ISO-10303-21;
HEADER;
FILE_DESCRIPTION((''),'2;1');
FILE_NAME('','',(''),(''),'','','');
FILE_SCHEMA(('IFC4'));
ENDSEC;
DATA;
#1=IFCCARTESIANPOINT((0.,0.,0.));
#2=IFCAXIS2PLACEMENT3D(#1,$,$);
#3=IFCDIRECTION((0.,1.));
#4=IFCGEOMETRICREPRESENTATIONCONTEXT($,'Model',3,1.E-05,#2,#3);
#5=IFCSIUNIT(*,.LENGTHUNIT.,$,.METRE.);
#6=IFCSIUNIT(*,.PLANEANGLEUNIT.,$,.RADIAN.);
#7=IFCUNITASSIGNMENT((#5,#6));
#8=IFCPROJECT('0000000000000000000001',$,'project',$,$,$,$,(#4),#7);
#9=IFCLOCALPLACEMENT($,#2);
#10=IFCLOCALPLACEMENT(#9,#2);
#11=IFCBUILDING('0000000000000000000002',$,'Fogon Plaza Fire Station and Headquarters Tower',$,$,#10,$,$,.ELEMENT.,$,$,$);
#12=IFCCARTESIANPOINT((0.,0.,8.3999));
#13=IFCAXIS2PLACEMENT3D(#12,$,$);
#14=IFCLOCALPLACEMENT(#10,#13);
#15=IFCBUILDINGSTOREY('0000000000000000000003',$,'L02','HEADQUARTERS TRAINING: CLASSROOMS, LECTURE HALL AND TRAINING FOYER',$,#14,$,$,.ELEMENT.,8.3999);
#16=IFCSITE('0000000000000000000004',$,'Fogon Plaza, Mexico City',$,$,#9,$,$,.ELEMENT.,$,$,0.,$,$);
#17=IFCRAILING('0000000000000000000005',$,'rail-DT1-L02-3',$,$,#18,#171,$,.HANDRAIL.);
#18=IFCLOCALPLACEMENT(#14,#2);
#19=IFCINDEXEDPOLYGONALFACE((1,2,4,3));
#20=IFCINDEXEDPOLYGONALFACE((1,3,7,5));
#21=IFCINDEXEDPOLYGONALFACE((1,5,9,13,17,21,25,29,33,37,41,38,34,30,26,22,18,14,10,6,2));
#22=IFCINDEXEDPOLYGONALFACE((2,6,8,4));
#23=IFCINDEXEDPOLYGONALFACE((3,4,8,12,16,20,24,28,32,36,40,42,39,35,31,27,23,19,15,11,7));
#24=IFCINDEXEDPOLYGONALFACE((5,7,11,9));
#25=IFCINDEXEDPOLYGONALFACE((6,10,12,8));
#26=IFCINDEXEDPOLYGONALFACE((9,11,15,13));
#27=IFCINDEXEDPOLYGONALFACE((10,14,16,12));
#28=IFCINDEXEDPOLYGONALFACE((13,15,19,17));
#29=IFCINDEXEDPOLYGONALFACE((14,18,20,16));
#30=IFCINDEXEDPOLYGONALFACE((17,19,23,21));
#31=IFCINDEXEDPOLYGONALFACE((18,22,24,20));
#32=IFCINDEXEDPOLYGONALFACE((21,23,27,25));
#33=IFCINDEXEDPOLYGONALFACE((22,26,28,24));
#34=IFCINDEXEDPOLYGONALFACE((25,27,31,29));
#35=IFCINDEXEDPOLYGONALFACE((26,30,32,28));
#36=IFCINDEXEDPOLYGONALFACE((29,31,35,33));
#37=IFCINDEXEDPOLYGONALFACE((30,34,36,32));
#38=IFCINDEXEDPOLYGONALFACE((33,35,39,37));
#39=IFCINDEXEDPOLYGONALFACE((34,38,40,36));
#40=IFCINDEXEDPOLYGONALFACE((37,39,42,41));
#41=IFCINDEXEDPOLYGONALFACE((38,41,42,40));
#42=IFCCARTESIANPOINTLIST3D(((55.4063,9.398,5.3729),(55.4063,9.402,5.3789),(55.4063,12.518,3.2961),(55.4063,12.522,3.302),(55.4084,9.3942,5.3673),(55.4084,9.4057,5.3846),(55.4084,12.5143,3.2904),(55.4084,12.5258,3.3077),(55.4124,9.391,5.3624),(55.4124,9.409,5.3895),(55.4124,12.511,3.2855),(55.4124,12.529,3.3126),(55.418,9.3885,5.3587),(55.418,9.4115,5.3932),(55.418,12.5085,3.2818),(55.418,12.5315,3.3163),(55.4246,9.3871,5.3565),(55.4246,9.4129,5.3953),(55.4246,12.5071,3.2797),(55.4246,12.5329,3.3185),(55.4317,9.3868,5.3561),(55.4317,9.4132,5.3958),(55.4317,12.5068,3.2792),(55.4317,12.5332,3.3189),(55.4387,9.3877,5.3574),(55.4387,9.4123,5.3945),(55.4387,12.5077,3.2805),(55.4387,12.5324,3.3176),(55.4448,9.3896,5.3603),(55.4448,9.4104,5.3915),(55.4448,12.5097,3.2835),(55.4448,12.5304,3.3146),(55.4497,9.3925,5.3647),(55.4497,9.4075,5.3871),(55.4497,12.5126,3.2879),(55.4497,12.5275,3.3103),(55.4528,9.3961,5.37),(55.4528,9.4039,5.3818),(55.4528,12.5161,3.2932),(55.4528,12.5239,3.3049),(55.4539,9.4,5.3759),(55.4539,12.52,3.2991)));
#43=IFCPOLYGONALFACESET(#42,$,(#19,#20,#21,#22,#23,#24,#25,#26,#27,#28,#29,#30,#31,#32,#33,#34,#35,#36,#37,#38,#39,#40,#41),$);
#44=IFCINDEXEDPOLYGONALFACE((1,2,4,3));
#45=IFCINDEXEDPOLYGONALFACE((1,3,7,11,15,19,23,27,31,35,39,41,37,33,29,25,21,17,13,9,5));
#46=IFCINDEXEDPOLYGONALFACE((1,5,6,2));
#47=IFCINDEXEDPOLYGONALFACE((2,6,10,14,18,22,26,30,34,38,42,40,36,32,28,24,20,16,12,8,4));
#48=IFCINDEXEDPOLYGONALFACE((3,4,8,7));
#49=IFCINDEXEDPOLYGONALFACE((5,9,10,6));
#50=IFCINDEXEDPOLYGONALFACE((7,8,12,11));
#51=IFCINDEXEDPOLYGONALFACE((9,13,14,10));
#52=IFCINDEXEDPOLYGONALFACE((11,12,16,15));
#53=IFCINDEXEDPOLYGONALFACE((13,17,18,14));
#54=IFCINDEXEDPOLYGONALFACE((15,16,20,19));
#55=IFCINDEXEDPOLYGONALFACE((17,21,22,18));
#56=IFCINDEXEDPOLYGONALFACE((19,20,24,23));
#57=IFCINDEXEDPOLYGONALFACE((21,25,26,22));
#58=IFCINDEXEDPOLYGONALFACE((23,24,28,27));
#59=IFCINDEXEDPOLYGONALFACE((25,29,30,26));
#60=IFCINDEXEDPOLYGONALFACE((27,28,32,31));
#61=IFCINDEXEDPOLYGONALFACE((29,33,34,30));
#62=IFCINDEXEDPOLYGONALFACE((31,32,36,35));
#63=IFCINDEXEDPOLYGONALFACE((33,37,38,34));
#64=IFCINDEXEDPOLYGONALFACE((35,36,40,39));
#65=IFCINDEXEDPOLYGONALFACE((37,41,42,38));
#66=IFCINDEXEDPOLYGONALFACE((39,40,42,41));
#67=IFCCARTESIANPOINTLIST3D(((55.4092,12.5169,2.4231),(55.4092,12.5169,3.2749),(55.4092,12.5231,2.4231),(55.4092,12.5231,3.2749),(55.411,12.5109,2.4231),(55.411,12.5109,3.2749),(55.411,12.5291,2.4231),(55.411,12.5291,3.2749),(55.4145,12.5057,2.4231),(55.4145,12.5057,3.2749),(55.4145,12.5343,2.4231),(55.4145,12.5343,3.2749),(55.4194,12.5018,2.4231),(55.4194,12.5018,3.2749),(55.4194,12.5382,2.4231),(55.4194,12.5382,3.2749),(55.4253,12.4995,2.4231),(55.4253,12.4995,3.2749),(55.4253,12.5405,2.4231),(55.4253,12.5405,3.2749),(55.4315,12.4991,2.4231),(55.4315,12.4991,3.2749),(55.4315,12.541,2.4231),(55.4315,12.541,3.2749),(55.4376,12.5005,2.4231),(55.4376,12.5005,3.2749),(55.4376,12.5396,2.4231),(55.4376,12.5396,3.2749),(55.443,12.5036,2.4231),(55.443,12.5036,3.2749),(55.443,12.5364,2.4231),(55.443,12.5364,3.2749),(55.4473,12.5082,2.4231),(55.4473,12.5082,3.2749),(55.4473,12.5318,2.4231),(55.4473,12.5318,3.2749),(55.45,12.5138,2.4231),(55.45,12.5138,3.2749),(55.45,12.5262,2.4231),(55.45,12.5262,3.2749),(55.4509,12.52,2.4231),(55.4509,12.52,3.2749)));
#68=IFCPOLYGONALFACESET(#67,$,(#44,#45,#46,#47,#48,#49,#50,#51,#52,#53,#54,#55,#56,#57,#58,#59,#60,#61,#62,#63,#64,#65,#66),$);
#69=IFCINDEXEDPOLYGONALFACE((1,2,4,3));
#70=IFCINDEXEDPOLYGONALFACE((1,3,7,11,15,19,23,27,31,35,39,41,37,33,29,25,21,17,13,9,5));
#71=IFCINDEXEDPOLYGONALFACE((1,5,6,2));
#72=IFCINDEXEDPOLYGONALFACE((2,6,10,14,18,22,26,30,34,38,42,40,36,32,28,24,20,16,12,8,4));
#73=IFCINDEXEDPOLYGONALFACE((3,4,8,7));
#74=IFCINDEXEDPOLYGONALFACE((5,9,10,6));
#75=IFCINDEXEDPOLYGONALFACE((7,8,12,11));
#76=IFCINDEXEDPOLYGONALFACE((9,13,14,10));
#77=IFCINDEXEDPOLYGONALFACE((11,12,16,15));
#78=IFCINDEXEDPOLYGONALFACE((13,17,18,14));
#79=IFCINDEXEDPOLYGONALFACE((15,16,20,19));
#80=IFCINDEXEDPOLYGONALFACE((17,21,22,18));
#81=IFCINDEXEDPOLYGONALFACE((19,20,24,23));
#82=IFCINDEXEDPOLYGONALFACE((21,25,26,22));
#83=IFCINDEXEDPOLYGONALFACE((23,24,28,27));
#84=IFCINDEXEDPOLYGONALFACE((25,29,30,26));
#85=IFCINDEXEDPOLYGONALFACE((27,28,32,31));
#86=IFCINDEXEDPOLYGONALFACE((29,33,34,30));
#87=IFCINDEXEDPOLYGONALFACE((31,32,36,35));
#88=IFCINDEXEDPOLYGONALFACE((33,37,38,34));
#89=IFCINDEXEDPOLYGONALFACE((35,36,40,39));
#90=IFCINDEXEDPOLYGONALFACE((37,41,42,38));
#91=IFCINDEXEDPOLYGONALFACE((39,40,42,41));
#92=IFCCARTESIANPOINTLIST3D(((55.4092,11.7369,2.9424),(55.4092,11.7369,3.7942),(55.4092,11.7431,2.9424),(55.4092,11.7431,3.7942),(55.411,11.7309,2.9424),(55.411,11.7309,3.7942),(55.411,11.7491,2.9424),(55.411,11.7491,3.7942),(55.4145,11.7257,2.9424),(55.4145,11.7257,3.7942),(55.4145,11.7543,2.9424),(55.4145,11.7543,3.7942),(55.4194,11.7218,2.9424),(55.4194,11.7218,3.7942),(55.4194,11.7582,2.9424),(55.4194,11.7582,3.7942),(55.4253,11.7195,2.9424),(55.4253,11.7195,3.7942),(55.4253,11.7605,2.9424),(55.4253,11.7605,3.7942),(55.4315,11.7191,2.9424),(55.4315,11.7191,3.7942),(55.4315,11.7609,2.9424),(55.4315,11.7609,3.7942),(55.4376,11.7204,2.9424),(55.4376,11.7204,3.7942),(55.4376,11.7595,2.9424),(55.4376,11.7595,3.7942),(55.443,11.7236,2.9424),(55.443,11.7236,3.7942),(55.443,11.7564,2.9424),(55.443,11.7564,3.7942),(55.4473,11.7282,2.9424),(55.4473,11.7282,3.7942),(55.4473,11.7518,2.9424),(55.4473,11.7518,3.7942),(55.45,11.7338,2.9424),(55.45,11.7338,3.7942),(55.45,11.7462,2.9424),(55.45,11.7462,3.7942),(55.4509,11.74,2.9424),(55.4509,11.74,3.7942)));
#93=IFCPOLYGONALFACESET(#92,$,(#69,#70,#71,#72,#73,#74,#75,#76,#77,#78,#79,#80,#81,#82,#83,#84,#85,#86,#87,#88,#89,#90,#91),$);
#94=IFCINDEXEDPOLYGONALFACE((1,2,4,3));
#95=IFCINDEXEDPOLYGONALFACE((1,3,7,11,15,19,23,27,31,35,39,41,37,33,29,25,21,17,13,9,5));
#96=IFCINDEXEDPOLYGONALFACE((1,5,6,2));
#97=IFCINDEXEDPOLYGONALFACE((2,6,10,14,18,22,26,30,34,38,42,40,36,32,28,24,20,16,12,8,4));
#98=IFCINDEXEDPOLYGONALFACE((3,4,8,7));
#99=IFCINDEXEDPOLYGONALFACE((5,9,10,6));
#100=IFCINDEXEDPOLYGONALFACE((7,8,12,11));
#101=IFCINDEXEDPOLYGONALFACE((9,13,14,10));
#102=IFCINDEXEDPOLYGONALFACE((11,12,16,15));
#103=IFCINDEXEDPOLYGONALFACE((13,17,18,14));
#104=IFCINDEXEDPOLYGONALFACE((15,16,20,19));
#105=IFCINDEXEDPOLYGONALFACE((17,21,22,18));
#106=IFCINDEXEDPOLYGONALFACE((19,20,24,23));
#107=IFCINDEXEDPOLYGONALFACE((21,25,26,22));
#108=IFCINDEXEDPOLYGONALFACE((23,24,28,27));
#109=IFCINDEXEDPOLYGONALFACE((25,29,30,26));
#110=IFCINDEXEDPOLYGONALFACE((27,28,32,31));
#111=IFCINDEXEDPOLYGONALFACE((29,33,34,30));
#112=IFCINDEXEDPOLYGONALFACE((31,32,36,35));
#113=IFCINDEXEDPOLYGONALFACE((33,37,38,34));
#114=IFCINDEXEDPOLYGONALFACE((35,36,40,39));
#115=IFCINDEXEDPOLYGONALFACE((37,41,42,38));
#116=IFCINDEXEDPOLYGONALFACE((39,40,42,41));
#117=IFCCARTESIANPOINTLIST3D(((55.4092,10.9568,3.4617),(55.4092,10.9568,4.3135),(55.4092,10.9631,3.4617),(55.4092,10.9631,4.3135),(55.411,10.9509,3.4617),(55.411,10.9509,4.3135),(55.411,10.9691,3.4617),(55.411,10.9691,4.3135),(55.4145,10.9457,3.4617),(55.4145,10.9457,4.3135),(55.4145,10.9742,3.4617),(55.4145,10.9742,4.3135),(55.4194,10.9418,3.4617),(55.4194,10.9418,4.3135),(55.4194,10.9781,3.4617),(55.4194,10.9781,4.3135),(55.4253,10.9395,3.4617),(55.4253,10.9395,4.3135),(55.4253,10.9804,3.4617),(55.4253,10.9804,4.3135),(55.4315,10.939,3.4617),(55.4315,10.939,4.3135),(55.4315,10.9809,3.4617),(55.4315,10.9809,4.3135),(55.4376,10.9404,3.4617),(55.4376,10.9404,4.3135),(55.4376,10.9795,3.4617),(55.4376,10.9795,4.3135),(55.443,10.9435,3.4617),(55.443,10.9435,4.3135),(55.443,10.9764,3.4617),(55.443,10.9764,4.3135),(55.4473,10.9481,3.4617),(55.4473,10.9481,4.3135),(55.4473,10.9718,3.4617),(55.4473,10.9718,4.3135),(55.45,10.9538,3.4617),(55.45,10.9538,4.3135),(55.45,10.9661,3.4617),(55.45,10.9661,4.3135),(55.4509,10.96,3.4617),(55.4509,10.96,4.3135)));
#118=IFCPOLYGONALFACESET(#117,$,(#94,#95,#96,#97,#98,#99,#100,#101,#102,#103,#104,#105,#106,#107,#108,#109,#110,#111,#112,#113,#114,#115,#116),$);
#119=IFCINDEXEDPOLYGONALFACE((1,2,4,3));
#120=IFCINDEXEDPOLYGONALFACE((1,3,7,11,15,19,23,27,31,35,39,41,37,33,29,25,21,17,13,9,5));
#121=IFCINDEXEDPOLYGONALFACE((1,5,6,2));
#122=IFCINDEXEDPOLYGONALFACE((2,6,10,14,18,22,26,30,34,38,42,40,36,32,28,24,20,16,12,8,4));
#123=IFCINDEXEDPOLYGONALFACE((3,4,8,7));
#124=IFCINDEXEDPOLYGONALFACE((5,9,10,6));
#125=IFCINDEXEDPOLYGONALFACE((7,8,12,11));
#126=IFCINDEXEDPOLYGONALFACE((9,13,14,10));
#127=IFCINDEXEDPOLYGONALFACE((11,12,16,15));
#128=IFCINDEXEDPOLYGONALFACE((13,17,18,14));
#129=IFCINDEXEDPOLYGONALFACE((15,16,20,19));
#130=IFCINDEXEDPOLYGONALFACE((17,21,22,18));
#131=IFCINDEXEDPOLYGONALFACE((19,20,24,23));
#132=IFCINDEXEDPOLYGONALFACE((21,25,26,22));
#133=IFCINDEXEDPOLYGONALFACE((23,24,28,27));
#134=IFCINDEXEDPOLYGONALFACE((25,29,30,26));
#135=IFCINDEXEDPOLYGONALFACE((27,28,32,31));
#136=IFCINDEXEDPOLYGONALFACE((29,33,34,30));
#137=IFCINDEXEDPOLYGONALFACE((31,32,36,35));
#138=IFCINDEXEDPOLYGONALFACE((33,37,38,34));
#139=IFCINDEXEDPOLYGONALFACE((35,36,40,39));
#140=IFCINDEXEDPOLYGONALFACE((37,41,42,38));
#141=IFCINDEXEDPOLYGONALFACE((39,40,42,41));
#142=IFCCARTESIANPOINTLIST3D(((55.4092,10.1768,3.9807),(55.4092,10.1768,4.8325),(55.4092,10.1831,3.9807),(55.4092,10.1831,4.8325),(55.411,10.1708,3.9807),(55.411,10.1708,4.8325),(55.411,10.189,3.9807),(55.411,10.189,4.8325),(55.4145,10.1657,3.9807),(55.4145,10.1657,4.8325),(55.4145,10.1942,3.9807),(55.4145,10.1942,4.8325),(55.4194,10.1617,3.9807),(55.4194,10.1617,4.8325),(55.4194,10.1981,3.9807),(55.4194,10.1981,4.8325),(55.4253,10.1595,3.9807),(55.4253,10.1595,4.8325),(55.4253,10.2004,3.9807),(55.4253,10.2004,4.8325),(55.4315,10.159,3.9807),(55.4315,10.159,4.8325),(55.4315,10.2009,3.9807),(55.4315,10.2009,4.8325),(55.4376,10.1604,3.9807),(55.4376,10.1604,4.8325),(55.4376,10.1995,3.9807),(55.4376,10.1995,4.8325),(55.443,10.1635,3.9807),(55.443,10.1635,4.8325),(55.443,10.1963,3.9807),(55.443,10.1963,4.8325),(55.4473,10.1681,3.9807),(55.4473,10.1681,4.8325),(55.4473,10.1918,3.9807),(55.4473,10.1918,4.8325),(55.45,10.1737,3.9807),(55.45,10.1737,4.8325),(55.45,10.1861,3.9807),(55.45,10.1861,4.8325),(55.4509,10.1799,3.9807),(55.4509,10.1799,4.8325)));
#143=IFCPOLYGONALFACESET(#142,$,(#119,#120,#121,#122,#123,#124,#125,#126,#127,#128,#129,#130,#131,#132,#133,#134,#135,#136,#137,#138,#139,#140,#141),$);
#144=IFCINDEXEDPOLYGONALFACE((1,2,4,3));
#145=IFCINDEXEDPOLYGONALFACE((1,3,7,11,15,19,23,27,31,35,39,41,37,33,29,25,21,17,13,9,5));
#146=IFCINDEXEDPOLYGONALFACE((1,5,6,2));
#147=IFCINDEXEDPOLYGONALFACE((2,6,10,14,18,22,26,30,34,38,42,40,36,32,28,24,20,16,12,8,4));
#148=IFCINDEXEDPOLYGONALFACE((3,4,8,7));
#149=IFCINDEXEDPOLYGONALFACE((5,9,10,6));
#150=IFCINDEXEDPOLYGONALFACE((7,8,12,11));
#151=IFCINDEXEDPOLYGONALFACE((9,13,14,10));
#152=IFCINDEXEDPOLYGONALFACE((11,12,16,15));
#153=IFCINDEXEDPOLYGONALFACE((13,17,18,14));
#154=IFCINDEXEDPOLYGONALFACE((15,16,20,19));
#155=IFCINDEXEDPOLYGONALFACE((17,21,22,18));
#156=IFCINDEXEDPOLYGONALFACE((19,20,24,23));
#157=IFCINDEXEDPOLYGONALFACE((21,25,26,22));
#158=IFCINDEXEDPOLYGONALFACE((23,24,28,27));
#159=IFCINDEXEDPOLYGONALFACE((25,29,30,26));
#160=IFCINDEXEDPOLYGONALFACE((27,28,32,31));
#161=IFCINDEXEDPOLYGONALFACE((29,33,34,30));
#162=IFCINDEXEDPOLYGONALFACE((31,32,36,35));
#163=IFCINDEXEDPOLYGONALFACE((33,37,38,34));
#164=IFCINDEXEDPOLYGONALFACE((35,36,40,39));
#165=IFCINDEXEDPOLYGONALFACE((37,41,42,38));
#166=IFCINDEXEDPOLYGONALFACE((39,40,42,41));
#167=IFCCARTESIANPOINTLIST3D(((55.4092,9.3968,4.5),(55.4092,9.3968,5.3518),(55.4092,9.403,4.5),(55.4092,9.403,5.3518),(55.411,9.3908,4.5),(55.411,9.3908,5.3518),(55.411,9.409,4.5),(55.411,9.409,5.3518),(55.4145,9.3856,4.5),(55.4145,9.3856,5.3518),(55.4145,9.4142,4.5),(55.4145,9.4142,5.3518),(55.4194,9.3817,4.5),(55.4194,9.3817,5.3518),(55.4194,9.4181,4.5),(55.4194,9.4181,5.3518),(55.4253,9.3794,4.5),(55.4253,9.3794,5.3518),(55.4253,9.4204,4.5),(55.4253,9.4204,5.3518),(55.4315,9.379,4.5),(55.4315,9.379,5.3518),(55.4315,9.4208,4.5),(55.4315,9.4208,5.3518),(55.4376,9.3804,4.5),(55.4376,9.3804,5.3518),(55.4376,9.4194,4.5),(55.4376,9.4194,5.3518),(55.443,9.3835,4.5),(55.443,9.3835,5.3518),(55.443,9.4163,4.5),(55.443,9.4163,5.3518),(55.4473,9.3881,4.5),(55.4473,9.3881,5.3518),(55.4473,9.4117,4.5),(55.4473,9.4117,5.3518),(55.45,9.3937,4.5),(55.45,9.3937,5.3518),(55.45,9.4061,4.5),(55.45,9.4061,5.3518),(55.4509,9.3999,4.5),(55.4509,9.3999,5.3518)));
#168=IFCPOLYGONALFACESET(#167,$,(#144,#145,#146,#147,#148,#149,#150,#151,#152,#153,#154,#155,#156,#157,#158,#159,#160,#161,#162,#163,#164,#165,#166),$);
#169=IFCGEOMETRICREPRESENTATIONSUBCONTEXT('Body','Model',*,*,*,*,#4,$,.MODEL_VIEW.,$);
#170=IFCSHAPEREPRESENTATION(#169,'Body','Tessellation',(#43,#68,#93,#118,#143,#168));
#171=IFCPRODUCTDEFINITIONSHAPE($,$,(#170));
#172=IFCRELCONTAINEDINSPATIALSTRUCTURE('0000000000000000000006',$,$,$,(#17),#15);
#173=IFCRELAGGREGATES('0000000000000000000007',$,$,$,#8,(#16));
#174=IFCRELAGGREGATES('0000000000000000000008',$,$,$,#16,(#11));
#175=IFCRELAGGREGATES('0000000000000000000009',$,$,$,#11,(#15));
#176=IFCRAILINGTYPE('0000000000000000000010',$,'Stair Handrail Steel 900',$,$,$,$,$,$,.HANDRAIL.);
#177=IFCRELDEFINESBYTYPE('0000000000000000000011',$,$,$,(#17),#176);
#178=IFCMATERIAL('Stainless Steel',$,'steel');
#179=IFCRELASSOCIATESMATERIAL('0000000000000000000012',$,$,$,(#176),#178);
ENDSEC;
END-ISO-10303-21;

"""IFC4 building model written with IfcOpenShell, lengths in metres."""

from ifc_helpers import new_model, si_unit, direction, frame, origin, origin_2d, place, context, subcontext, project, spatial, circle, extrude, material, type_object, element, save


model = new_model("IFC4")

# Units and contexts
model_context = context("Model", 3, precision=1e-05, world=origin(), true_north=direction((0.0, 1.0)))
body_context = subcontext(model_context, "Body", "Model", "MODEL_VIEW")
ifc_project = project(units=[si_unit("LENGTHUNIT", "METRE"), si_unit("PLANEANGLEUNIT", "RADIAN")], contexts=[model_context])

# Site, building, storey
site_placement = place(None, origin())
site = spatial("IfcSite", under=ifc_project, at=site_placement, Name="Fogon Plaza, Mexico City", CompositionType="ELEMENT", RefElevation=0.0)
building_placement = place(site_placement, origin())
building = spatial("IfcBuilding", under=site, at=building_placement, Name="Fogon Plaza Fire Station and Headquarters Tower", CompositionType="ELEMENT")
storey_placement = place(building_placement, frame((0.0, 0.0, 8.3999)))
storey = spatial("IfcBuildingStorey", under=building, at=storey_placement, Name="L02", Description="HEADQUARTERS TRAINING: CLASSROOMS, LECTURE HALL AND TRAINING FOYER", CompositionType="ELEMENT", Elevation=8.3999)

# Railing
ifc_material_1 = material(Name="Stainless Steel", Category="steel")
railing_type_1 = type_object("IfcRailingType", Name="Stair Handrail Steel 900", PredefinedType="HANDRAIL", material=ifc_material_1)
railing_1_placement = place(storey_placement, frame((55.4299, 12.52, 2.4231)))
element("IfcRailing", 1, at=railing_1_placement, inside=storey, type_object=railing_type_1, Name="rail-DT1-L02-3", PredefinedType="HANDRAIL", context=body_context, shape_type="SweptSolid", body=[
    extrude(circle(Radius=0.0239, at=origin_2d()), frame((0.0, 0.0, 0.876), z_axis=(0.0, -0.832441, 0.554114), x_axis=(1.0, 0.0, 0.0)), (0.0, 0.0, 1.0), 3.748),
    extrude(circle(Radius=0.021, at=origin_2d()), origin(), (0.0, 0.0, 1.0), 0.8518),
    extrude(circle(Radius=0.021, at=origin_2d()), frame((0.0, -0.78, 0.5193)), (0.0, 0.0, 1.0), 0.8518),
    extrude(circle(Radius=0.021, at=origin_2d()), frame((0.0, -1.5601, 1.0386)), (0.0, 0.0, 1.0), 0.8518),
    extrude(circle(Radius=0.021, at=origin_2d()), frame((0.0, -2.3401, 1.5576)), (0.0, 0.0, 1.0), 0.8518),
    extrude(circle(Radius=0.021, at=origin_2d()), frame((0.0, -3.1201, 2.0769)), (0.0, 0.0, 1.0), 0.8518),
])

save(model, "model.ifc")
